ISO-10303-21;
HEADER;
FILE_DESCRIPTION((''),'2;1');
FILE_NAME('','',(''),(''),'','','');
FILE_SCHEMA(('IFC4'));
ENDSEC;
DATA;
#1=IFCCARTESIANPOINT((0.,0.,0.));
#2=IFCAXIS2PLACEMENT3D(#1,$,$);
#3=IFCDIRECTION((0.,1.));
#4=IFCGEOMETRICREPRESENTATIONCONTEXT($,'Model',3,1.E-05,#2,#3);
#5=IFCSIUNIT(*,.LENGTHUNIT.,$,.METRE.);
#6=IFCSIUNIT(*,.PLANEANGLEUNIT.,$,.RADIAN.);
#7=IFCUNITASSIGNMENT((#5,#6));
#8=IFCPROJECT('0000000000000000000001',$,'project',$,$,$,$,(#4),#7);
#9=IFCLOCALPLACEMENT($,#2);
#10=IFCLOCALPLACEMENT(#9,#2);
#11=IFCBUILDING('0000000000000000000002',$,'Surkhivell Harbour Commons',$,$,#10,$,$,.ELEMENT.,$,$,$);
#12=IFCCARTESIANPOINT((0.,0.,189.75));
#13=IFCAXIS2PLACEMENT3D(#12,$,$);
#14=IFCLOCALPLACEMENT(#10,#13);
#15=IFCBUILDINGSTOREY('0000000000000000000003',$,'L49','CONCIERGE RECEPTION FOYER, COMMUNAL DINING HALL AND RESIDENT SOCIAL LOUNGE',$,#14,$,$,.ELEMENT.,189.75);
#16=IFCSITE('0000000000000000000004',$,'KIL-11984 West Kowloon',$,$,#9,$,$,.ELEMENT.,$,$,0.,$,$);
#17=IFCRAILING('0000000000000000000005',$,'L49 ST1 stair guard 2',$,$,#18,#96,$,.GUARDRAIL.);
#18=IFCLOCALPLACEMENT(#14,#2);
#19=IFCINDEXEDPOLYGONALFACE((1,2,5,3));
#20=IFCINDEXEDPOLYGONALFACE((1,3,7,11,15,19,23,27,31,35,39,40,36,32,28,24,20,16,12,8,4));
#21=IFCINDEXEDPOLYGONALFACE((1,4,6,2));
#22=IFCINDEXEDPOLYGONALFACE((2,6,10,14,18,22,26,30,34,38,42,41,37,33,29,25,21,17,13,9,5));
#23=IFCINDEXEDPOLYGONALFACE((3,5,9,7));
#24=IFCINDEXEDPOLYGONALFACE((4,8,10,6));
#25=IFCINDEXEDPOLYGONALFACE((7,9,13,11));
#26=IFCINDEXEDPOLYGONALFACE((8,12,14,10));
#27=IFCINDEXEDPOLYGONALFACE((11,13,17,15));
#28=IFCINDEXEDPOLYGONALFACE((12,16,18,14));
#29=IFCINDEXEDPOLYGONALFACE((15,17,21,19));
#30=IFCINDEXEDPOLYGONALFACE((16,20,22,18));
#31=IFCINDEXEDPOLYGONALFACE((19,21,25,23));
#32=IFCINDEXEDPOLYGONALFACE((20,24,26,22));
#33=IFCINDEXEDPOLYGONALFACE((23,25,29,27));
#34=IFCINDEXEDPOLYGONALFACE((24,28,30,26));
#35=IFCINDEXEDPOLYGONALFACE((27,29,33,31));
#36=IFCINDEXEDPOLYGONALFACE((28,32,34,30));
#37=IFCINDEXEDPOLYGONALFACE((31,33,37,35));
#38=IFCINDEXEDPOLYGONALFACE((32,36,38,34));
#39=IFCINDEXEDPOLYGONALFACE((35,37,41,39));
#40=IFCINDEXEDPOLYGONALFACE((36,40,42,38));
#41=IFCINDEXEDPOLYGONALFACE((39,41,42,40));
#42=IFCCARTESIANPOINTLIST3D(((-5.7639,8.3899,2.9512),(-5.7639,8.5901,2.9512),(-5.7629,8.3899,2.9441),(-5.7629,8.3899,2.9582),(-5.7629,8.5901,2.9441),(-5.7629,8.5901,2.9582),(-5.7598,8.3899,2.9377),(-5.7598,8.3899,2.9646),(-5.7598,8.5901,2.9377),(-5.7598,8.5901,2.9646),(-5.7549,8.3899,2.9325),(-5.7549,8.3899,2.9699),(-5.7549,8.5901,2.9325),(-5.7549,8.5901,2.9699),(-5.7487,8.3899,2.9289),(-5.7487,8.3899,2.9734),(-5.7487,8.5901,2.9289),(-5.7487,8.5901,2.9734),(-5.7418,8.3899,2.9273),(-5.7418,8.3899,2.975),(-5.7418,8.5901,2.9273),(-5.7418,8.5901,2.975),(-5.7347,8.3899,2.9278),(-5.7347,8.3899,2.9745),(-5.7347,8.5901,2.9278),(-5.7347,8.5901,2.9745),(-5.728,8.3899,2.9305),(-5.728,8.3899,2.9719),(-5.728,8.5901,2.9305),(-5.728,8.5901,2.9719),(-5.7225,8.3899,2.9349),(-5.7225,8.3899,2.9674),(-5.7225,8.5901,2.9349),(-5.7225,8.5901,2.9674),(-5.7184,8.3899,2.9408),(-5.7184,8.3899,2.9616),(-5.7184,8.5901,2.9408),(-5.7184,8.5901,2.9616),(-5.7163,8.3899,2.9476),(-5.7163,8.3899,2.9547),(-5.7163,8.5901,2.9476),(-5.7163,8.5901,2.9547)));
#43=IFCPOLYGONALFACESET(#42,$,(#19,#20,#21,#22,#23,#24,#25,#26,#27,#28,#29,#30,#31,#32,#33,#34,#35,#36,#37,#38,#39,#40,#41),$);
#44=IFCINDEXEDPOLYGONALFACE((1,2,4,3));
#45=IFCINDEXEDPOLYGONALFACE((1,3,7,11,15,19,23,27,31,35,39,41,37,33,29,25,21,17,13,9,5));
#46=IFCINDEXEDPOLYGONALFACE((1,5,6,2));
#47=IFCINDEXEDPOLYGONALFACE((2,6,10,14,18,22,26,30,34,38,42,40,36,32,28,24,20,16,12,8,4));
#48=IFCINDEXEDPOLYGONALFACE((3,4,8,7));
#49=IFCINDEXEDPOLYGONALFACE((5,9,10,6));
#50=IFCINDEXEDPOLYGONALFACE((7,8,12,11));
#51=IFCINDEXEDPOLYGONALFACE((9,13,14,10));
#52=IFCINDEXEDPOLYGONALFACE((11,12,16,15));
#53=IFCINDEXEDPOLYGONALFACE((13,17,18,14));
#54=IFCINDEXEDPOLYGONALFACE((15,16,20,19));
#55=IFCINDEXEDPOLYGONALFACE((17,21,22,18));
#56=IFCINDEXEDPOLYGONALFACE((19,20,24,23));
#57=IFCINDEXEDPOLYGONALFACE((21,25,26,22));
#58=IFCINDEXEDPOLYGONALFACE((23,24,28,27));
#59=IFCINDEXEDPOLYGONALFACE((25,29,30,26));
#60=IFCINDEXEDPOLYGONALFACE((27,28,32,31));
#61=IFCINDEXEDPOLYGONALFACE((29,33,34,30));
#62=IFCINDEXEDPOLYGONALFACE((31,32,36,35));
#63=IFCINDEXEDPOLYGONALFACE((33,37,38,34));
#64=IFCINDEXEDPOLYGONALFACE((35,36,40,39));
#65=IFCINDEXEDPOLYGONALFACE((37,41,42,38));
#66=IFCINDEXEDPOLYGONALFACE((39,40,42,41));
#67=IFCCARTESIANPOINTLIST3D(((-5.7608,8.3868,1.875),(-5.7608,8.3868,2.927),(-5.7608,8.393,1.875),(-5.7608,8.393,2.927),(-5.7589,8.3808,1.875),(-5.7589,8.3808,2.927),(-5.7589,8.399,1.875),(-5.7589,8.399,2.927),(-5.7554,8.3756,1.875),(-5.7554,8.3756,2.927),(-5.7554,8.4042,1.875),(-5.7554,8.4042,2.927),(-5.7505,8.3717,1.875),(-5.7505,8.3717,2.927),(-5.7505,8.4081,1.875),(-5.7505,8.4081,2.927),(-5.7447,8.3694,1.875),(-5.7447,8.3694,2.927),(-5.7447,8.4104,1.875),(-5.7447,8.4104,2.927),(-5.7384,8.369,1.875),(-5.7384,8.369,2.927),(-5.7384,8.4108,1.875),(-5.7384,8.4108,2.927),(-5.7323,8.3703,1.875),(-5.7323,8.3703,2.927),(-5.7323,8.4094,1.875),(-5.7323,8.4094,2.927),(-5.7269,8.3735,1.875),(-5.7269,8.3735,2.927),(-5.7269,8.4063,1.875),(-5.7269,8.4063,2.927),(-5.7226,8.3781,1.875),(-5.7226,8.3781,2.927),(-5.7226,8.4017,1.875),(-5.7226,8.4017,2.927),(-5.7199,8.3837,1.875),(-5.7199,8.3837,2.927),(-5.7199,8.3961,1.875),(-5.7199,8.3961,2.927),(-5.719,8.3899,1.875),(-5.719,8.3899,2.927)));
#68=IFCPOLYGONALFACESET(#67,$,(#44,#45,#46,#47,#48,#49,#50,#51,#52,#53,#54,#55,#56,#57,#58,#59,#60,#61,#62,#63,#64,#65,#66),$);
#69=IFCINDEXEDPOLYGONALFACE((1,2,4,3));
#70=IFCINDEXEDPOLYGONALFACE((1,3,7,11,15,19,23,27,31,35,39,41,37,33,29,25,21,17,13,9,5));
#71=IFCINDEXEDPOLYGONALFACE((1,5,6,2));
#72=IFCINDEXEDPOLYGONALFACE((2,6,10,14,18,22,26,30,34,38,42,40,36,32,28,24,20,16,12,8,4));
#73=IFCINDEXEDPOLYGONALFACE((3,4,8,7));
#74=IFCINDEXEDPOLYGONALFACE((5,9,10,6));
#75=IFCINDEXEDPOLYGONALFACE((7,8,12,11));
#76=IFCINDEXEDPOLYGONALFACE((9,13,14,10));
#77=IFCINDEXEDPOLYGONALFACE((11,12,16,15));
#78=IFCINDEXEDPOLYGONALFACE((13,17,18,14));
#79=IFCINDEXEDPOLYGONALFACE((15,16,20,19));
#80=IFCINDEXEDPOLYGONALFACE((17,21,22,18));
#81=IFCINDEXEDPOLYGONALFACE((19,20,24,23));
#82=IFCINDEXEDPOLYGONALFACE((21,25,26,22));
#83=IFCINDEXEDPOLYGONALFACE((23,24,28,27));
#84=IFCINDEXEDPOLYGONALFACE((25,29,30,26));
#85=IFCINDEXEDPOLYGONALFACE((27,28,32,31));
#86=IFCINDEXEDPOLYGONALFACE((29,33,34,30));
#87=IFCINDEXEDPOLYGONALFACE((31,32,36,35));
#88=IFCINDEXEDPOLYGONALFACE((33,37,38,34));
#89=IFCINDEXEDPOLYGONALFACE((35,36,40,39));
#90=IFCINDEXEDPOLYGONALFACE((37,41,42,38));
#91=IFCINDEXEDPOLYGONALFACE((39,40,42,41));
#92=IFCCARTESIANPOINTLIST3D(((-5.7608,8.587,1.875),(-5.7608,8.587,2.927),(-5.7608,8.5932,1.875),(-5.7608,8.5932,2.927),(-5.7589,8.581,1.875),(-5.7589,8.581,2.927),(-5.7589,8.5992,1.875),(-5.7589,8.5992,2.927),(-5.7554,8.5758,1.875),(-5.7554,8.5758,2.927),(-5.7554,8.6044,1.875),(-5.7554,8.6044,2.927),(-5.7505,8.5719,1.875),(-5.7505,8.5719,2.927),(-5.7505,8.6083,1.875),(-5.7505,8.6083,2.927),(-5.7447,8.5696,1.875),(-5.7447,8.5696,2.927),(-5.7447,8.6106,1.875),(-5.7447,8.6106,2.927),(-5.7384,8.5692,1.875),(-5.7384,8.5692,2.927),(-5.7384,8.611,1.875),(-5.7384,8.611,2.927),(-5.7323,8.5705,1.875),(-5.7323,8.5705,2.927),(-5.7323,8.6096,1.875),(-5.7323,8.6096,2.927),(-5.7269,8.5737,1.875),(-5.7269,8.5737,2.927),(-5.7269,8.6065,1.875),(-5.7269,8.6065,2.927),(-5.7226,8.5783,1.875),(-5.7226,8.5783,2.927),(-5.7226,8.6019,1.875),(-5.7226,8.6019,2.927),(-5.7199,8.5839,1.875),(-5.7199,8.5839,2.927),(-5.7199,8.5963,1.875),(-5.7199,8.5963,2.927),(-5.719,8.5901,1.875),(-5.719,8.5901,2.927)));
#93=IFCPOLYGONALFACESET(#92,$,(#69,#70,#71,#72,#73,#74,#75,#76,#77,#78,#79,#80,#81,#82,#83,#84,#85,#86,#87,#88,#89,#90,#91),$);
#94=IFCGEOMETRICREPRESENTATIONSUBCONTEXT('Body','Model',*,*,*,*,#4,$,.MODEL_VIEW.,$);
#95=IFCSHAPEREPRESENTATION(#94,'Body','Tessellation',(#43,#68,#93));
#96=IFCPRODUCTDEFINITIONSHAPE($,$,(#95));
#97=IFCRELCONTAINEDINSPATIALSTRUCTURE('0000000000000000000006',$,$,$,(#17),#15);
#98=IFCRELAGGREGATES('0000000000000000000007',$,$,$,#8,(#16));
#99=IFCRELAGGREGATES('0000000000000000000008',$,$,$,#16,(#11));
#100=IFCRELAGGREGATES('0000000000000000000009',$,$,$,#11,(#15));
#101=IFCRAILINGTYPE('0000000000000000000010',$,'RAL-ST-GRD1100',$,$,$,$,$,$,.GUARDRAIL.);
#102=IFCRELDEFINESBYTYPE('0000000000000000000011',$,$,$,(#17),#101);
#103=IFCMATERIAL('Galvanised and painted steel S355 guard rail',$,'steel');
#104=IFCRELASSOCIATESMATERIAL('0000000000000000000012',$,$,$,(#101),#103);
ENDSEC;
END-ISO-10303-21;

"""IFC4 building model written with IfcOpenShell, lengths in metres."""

from ifc_helpers import new_model, si_unit, direction, frame, origin, origin_2d, place, context, subcontext, project, spatial, circle, extrude, material, type_object, element, save


model = new_model("IFC4")

# Units and contexts
model_context = context("Model", 3, precision=1e-05, world=origin(), true_north=direction((0.0, 1.0)))
body_context = subcontext(model_context, "Body", "Model", "MODEL_VIEW")
ifc_project = project(units=[si_unit("LENGTHUNIT", "METRE"), si_unit("PLANEANGLEUNIT", "RADIAN")], contexts=[model_context])

# Site, building, storey
site_placement = place(None, origin())
site = spatial("IfcSite", under=ifc_project, at=site_placement, Name="KIL-11984 West Kowloon", CompositionType="ELEMENT", RefElevation=0.0)
building_placement = place(site_placement, origin())
building = spatial("IfcBuilding", under=site, at=building_placement, Name="Surkhivell Harbour Commons", CompositionType="ELEMENT")
storey_placement = place(building_placement, frame((0.0, 0.0, 189.75)))
storey = spatial("IfcBuildingStorey", under=building, at=storey_placement, Name="L49", Description="CONCIERGE RECEPTION FOYER, COMMUNAL DINING HALL AND RESIDENT SOCIAL LOUNGE", CompositionType="ELEMENT", Elevation=189.75)

# Railing
ifc_material_1 = material(Name="Galvanised and painted steel S355 guard rail", Category="steel")
railing_type_1 = type_object("IfcRailingType", Name="RAL-ST-GRD1100", PredefinedType="GUARDRAIL", material=ifc_material_1)
railing_1_placement = place(storey_placement, frame((-5.74, 8.3899, 1.875)))
element("IfcRailing", 1, at=railing_1_placement, inside=storey, type_object=railing_type_1, Name="L49 ST1 stair guard 2", PredefinedType="GUARDRAIL", context=body_context, shape_type="SweptSolid", body=[
    extrude(circle(Radius=0.0239, at=origin_2d()), frame((0.0, 0.0, 1.0762), z_axis=(0.0, 1.0, 0.0), x_axis=(-1.0, 0.0, 0.0)), (0.0, 0.0, 1.0), 0.2002),
    extrude(circle(Radius=0.021, at=origin_2d()), origin(), (0.0, 0.0, 1.0), 1.052),
    extrude(circle(Radius=0.021, at=origin_2d()), frame((0.0, 0.2002, 0.0)), (0.0, 0.0, 1.0), 1.052),
])

save(model, "model.ifc")
